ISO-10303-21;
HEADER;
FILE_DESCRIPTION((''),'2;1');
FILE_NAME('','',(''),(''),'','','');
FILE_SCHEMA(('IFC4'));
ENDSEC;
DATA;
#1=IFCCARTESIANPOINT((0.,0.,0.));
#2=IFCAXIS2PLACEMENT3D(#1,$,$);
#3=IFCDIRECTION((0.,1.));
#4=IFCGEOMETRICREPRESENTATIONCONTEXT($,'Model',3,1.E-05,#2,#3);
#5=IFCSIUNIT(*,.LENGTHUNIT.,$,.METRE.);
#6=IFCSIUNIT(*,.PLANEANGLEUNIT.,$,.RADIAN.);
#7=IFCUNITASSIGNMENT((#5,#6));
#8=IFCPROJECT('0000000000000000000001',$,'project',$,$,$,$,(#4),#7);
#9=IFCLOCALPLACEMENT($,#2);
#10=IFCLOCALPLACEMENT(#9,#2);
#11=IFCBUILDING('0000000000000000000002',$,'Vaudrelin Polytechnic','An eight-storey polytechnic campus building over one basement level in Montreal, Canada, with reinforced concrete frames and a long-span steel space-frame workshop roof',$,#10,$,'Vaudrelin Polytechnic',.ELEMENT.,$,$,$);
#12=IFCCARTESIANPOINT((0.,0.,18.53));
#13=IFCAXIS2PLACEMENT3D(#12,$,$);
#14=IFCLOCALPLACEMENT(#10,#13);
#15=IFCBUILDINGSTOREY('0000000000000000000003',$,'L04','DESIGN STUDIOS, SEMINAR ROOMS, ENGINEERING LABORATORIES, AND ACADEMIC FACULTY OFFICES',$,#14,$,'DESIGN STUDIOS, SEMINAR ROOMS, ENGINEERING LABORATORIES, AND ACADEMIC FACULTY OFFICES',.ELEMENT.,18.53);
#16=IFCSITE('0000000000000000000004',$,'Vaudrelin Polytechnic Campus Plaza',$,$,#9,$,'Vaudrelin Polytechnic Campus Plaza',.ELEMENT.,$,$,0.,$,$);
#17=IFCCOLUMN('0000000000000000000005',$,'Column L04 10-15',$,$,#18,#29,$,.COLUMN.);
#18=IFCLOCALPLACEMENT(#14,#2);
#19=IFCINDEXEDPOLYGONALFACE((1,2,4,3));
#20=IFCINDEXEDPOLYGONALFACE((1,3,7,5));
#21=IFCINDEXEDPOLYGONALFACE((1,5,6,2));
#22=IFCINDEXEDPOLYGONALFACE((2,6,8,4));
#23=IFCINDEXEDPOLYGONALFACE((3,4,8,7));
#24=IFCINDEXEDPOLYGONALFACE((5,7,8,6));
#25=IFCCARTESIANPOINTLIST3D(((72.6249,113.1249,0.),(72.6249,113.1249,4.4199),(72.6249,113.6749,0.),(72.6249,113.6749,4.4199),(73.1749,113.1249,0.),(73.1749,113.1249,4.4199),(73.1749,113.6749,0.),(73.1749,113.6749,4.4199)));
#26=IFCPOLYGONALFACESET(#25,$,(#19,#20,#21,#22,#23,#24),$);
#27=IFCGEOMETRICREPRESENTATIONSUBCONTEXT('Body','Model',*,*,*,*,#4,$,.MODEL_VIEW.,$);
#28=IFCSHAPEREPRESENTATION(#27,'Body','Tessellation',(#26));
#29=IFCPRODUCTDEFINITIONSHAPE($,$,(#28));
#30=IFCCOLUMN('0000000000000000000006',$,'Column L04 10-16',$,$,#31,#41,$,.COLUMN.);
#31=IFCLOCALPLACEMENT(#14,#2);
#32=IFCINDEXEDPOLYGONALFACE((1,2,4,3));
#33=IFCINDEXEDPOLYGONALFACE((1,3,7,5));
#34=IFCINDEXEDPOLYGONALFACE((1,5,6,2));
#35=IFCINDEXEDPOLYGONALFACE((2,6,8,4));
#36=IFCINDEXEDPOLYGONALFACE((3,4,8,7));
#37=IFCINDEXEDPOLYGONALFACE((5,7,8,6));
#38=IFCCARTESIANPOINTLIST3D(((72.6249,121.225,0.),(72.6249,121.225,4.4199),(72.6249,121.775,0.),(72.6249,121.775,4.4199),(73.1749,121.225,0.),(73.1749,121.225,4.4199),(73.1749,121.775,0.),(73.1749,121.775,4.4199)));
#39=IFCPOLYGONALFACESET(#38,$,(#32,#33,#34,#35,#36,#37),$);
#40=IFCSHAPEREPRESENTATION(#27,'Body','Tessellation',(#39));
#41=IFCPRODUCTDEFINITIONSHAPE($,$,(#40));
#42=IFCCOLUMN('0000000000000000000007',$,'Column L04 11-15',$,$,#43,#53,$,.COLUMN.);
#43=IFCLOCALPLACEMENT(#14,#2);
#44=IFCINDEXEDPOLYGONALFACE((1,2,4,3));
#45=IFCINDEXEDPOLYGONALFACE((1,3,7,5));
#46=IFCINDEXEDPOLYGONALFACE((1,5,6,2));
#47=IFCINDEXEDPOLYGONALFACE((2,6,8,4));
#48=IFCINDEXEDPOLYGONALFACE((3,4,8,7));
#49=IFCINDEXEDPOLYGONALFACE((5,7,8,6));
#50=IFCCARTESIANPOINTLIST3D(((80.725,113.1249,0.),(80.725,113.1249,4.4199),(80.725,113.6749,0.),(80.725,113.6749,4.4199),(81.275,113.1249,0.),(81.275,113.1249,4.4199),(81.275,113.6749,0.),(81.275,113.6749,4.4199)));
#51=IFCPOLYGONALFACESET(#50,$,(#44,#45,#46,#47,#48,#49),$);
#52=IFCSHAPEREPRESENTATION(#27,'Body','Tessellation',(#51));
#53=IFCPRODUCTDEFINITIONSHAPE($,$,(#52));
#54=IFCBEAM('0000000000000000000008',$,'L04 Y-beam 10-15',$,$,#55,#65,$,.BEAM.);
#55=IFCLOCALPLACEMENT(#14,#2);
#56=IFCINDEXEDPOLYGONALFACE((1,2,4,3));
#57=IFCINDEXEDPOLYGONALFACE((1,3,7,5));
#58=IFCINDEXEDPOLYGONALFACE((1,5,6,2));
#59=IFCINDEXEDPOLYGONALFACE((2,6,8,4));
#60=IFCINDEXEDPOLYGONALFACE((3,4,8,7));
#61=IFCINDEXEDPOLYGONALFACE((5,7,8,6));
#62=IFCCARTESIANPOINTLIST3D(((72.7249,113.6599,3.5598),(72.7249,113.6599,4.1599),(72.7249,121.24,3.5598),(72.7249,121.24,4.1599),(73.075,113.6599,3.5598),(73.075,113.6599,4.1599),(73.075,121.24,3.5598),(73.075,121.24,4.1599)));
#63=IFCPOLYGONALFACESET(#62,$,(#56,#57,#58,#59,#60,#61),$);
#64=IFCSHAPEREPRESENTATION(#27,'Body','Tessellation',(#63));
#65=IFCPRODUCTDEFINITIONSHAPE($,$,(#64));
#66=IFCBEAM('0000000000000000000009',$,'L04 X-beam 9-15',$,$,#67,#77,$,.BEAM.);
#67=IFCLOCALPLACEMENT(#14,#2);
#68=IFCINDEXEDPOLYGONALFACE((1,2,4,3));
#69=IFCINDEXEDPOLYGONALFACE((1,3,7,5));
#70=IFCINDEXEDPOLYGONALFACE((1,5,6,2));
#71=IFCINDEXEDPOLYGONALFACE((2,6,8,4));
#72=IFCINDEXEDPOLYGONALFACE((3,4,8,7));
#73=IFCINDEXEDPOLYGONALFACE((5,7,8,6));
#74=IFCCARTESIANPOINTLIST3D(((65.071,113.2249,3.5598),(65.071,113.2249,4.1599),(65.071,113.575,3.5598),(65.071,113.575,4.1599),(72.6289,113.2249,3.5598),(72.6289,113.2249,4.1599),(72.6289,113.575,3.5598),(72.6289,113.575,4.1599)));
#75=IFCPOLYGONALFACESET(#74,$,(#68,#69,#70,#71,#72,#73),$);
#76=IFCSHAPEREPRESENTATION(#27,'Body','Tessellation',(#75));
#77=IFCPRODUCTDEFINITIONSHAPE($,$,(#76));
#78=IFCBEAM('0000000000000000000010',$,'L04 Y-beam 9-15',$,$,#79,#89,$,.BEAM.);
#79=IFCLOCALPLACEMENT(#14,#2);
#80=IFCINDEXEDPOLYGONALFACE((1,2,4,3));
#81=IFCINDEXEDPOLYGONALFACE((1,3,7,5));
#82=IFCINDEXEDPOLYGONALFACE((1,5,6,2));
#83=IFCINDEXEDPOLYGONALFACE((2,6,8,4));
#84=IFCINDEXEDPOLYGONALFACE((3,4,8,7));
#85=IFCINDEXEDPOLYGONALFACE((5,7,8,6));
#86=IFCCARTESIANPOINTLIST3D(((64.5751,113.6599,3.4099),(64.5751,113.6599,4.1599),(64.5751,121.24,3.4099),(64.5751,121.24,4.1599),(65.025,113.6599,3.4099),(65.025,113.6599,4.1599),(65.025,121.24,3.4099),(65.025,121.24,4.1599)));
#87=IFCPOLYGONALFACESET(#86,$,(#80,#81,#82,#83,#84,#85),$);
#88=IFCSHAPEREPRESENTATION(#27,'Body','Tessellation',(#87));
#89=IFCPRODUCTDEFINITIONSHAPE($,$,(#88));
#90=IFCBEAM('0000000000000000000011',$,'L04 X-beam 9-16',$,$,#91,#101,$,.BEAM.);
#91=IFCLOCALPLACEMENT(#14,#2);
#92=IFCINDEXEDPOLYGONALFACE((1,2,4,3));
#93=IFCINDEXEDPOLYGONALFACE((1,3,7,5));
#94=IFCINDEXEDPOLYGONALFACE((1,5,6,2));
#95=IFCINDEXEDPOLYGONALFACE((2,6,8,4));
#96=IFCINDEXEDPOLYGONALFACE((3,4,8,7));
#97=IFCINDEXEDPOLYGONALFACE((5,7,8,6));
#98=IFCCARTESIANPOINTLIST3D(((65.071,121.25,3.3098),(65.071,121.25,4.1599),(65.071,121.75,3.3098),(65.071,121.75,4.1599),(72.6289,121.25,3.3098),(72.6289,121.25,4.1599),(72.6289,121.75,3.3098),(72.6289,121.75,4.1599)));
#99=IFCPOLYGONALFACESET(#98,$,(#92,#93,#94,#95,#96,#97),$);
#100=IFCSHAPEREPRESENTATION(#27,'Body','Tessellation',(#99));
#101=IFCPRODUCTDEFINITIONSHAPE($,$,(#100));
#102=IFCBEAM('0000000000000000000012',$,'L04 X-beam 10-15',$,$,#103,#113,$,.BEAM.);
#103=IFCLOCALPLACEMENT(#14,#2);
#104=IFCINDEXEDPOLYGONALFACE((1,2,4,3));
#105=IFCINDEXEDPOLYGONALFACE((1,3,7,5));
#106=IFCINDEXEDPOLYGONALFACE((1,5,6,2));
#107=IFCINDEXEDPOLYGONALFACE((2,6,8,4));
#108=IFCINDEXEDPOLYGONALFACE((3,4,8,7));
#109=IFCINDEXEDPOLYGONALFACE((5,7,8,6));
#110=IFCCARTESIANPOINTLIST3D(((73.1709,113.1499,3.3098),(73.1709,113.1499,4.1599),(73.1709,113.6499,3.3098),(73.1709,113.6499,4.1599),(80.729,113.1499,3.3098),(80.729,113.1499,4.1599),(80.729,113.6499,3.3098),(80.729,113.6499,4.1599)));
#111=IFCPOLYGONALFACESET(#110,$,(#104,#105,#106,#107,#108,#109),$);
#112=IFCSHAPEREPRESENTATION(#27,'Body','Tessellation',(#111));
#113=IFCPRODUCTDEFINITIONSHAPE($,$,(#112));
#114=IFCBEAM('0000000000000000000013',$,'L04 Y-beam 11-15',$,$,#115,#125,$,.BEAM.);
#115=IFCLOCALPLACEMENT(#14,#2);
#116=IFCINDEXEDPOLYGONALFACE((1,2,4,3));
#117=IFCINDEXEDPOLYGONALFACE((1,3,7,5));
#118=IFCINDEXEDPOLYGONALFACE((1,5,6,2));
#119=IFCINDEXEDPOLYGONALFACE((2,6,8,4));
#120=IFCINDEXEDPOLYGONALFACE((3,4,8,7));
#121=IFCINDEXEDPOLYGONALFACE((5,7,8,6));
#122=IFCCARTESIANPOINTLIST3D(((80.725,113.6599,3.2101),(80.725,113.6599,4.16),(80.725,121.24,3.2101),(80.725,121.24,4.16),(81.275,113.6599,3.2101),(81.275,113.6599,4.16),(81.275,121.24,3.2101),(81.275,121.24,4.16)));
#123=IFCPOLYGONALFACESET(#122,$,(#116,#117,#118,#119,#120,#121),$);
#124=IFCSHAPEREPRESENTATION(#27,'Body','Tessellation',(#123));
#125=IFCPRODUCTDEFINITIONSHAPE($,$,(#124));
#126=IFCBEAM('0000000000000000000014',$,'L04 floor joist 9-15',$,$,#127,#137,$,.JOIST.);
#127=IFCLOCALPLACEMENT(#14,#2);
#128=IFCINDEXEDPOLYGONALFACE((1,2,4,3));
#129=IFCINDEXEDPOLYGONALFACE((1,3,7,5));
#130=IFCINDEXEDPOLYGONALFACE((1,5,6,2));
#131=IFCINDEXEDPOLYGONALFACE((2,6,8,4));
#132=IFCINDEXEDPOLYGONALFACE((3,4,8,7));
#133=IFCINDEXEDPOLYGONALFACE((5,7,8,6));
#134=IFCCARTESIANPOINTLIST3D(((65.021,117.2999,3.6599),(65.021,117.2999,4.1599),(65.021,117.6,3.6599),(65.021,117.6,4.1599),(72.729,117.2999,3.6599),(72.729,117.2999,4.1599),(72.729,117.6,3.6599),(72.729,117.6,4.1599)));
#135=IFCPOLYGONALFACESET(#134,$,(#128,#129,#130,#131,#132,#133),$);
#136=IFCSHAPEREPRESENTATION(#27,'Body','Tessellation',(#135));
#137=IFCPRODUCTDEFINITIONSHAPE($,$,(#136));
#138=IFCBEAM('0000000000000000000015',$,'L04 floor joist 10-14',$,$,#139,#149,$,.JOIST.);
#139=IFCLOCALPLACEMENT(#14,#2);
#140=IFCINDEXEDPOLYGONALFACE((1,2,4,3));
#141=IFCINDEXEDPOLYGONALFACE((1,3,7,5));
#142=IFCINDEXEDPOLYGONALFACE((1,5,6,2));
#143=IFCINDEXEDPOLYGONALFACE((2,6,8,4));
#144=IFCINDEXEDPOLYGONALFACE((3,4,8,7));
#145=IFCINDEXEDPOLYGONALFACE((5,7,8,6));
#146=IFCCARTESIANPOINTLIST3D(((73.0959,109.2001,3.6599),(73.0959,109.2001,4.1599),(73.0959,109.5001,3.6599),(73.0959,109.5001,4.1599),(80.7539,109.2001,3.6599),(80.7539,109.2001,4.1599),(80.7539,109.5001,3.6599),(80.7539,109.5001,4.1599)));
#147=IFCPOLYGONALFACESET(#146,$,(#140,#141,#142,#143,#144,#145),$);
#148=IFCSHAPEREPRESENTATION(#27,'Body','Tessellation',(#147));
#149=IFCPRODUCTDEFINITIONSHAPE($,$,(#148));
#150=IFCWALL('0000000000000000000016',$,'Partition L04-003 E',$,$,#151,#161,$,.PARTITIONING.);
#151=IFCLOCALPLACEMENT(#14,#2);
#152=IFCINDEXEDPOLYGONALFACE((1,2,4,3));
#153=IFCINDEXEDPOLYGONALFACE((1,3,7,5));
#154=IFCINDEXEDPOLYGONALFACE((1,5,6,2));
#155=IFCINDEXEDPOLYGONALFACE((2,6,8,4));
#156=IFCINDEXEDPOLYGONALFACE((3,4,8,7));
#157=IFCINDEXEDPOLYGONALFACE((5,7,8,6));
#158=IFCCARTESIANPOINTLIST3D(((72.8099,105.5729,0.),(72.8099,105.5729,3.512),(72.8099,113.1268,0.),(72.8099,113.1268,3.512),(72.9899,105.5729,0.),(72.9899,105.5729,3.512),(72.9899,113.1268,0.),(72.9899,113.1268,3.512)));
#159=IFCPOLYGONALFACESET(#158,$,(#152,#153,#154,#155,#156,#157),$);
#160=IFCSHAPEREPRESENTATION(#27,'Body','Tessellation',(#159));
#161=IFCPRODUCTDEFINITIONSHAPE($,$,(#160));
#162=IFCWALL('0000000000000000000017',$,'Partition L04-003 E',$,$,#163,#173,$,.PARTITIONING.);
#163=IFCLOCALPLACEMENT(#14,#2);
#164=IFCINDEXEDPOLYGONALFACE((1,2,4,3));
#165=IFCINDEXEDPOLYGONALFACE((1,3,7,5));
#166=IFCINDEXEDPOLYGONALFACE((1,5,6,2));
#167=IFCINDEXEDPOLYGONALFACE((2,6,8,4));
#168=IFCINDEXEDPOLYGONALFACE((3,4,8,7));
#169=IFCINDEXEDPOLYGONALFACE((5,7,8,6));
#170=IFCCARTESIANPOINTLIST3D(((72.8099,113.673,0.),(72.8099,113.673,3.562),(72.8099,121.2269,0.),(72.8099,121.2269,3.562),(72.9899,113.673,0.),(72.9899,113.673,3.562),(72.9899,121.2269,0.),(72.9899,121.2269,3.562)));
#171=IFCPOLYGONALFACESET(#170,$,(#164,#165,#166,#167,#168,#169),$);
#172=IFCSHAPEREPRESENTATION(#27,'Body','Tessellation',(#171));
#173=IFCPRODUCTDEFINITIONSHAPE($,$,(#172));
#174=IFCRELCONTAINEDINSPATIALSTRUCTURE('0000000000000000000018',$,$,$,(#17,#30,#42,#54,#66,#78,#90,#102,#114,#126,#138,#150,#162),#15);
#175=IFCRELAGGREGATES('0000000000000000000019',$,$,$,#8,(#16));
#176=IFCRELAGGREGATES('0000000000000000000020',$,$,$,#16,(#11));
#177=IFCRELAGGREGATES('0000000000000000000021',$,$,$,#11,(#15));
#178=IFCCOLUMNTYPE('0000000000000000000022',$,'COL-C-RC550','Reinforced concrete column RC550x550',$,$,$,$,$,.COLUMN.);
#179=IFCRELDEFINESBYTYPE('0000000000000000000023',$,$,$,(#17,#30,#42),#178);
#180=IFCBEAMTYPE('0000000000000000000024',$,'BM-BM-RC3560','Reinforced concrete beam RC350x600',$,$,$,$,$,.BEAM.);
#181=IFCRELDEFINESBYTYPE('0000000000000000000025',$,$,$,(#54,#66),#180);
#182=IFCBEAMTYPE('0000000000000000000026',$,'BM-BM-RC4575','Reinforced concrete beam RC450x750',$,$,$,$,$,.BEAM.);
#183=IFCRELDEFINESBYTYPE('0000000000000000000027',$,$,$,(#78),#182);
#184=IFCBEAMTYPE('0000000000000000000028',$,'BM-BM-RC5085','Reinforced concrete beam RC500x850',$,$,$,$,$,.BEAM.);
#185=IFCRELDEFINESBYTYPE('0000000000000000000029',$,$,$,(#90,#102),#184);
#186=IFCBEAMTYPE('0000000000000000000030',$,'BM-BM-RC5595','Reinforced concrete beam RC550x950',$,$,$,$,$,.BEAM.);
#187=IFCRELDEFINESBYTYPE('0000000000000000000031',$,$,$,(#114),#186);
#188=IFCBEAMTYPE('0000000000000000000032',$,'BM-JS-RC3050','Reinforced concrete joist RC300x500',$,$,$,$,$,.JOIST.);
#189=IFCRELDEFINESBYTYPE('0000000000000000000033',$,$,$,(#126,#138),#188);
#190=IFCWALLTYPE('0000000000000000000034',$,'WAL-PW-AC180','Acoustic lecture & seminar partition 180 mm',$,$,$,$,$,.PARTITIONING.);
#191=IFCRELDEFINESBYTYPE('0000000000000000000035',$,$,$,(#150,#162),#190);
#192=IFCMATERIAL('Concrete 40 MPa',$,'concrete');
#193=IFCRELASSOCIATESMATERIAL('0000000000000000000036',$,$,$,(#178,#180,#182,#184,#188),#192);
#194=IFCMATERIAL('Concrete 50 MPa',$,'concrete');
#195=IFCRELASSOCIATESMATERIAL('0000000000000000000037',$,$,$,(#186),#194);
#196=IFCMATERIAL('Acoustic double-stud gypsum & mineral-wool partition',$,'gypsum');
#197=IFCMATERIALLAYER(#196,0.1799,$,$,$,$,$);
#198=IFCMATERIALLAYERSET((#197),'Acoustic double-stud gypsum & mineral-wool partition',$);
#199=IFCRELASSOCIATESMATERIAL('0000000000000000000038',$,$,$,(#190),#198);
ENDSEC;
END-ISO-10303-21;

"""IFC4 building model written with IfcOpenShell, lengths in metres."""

from ifc_helpers import new_model, si_unit, direction, frame, frame_2d, origin, origin_2d, place, context, subcontext, project, spatial, rectangle, extrude, material, layer, layer_set, material_profile, profile_set, type_object, element, save


model = new_model("IFC4")

# Units and contexts
model_context = context("Model", 3, precision=1e-05, world=origin(), true_north=direction((0.0, 1.0)))
body_context = subcontext(model_context, "Body", "Model", "MODEL_VIEW")
ifc_project = project(units=[si_unit("LENGTHUNIT", "METRE"), si_unit("PLANEANGLEUNIT", "RADIAN")], contexts=[model_context])

# Site, building, storey
site_placement = place(None, origin())
site = spatial("IfcSite", under=ifc_project, at=site_placement, Name="Vaudrelin Polytechnic Campus Plaza", LongName="Vaudrelin Polytechnic Campus Plaza", CompositionType="ELEMENT", RefElevation=0.0)
building_placement = place(site_placement, origin())
building = spatial("IfcBuilding", under=site, at=building_placement, Name="Vaudrelin Polytechnic", Description="An eight-storey polytechnic campus building over one basement level in Montreal, Canada, with reinforced concrete frames and a long-span steel space-frame workshop roof", LongName="Vaudrelin Polytechnic", CompositionType="ELEMENT")
storey_placement = place(building_placement, frame((0.0, 0.0, 18.53)))
storey = spatial("IfcBuildingStorey", under=building, at=storey_placement, Name="L04", Description="DESIGN STUDIOS, SEMINAR ROOMS, ENGINEERING LABORATORIES, AND ACADEMIC FACULTY OFFICES", LongName="DESIGN STUDIOS, SEMINAR ROOMS, ENGINEERING LABORATORIES, AND ACADEMIC FACULTY OFFICES", CompositionType="ELEMENT", Elevation=18.53)

# Columns
ifc_material_1 = material(Name="Concrete 40 MPa", Category="concrete")
ifc_material_profile_1 = material_profile(ifc_material_1, rectangle(XDim=0.55, YDim=0.55, at=origin_2d()), Name="RC550x550")
ifc_profile_set_1 = profile_set([ifc_material_profile_1], Name="Concrete 40 MPa")
column_type = type_object("IfcColumnType", Name="COL-C-RC550", Description="Reinforced concrete column RC550x550", PredefinedType="COLUMN", material=ifc_profile_set_1)
for number, where, z_axis, x_axis, name in (
    (1, (72.8999, 113.3999, 0.0), (0.0, 0.0, 1.0), (1.0, 0.0, 0.0), "Column L04 10-15"),
    (2, (72.8999, 121.5, 0.0), (0.0, 0.0, 1.0), (1.0, 0.0, 0.0), "Column L04 10-16"),
    (3, (81.0, 113.3999, 0.0), (0.0, 0.0, 1.0), (1.0, 0.0, 0.0), "Column L04 11-15"),
):
    element("IfcColumn", number, at=place(storey_placement, frame(where, z_axis=z_axis, x_axis=x_axis)), inside=storey, type_object=column_type, Name=name, PredefinedType="COLUMN", context=body_context, shape_type="SweptSolid", body=[
        extrude(rectangle(XDim=0.55, YDim=0.55, at=origin_2d()), origin(), (0.0, 0.0, 1.0), 4.4199),
    ])

# Beams
ifc_material_profile_2 = material_profile(ifc_material_1, rectangle(XDim=0.3501, YDim=0.6001, at=origin_2d()), Name="RC350x600")
ifc_profile_set_2 = profile_set([ifc_material_profile_2], Name="Concrete 40 MPa")
beam_type_1 = type_object("IfcBeamType", Name="BM-BM-RC3560", Description="Reinforced concrete beam RC350x600", PredefinedType="BEAM", material=ifc_profile_set_2)
beam_1_placement = place(storey_placement, frame((72.8999, 113.6599, 3.8599), z_axis=(0.0, 1.0, 0.0), x_axis=(-1.0, 0.0, 0.0)))
element("IfcBeam", 4, at=beam_1_placement, inside=storey, type_object=beam_type_1, Name="L04 Y-beam 10-15", PredefinedType="BEAM", context=body_context, shape_type="SweptSolid", body=[
    extrude(rectangle(XDim=0.3501, YDim=0.6001, at=origin_2d()), origin(), (0.0, 0.0, 1.0), 7.5801),
])
beam_2_placement = place(storey_placement, frame((65.071, 113.3999, 3.8599), z_axis=(1.0, 0.0, 0.0), x_axis=(0.0, 1.0, 0.0)))
element("IfcBeam", 5, at=beam_2_placement, inside=storey, type_object=beam_type_1, Name="L04 X-beam 9-15", PredefinedType="BEAM", context=body_context, shape_type="SweptSolid", body=[
    extrude(rectangle(XDim=0.3501, YDim=0.6001, at=origin_2d()), origin(), (0.0, 0.0, 1.0), 7.5579),
])
ifc_material_profile_3 = material_profile(ifc_material_1, rectangle(XDim=0.45, YDim=0.75, at=origin_2d()), Name="RC450x750")
ifc_profile_set_3 = profile_set([ifc_material_profile_3], Name="Concrete 40 MPa")
beam_type_2 = type_object("IfcBeamType", Name="BM-BM-RC4575", Description="Reinforced concrete beam RC450x750", PredefinedType="BEAM", material=ifc_profile_set_3)
beam_3_placement = place(storey_placement, frame((64.8, 113.6599, 3.7849), z_axis=(0.0, 1.0, 0.0), x_axis=(-1.0, 0.0, 0.0)))
element("IfcBeam", 6, at=beam_3_placement, inside=storey, type_object=beam_type_2, Name="L04 Y-beam 9-15", PredefinedType="BEAM", context=body_context, shape_type="SweptSolid", body=[
    extrude(rectangle(XDim=0.45, YDim=0.75, at=origin_2d()), origin(), (0.0, 0.0, 1.0), 7.5801),
])
ifc_material_profile_4 = material_profile(ifc_material_1, rectangle(XDim=0.5, YDim=0.8501, at=origin_2d()), Name="RC500x850")
ifc_profile_set_4 = profile_set([ifc_material_profile_4], Name="Concrete 40 MPa")
beam_type_3 = type_object("IfcBeamType", Name="BM-BM-RC5085", Description="Reinforced concrete beam RC500x850", PredefinedType="BEAM", material=ifc_profile_set_4)
beam_4_placement = place(storey_placement, frame((65.071, 121.5, 3.7349), z_axis=(1.0, 0.0, 0.0), x_axis=(0.0, 1.0, 0.0)))
element("IfcBeam", 7, at=beam_4_placement, inside=storey, type_object=beam_type_3, Name="L04 X-beam 9-16", PredefinedType="BEAM", context=body_context, shape_type="SweptSolid", body=[
    extrude(rectangle(XDim=0.5, YDim=0.8501, at=origin_2d()), origin(), (0.0, 0.0, 1.0), 7.5579),
])
beam_5_placement = place(storey_placement, frame((73.1709, 113.3999, 3.7349), z_axis=(1.0, 0.0, 0.0), x_axis=(0.0, 1.0, 0.0)))
element("IfcBeam", 8, at=beam_5_placement, inside=storey, type_object=beam_type_3, Name="L04 X-beam 10-15", PredefinedType="BEAM", context=body_context, shape_type="SweptSolid", body=[
    extrude(rectangle(XDim=0.5, YDim=0.8501, at=origin_2d()), origin(), (0.0, 0.0, 1.0), 7.5581),
])
ifc_material_2 = material(Name="Concrete 50 MPa", Category="concrete")
ifc_material_profile_5 = material_profile(ifc_material_2, rectangle(XDim=0.55, YDim=0.95, at=origin_2d()), Name="RC550x950")
ifc_profile_set_5 = profile_set([ifc_material_profile_5], Name="Concrete 50 MPa")
beam_type_4 = type_object("IfcBeamType", Name="BM-BM-RC5595", Description="Reinforced concrete beam RC550x950", PredefinedType="BEAM", material=ifc_profile_set_5)
beam_6_placement = place(storey_placement, frame((81.0, 113.6599, 3.6851), z_axis=(0.0, 1.0, 0.0), x_axis=(-1.0, 0.0, 0.0)))
element("IfcBeam", 9, at=beam_6_placement, inside=storey, type_object=beam_type_4, Name="L04 Y-beam 11-15", PredefinedType="BEAM", context=body_context, shape_type="SweptSolid", body=[
    extrude(rectangle(XDim=0.55, YDim=0.95, at=origin_2d()), origin(), (0.0, 0.0, 1.0), 7.5801),
])
ifc_material_profile_6 = material_profile(ifc_material_1, rectangle(XDim=0.3, YDim=0.5, at=origin_2d()), Name="RC300x500")
ifc_profile_set_6 = profile_set([ifc_material_profile_6], Name="Concrete 40 MPa")
beam_type_5 = type_object("IfcBeamType", Name="BM-JS-RC3050", Description="Reinforced concrete joist RC300x500", PredefinedType="JOIST", material=ifc_profile_set_6)
beam_7_placement = place(storey_placement, frame((65.021, 117.45, 3.9099), z_axis=(1.0, 0.0, 0.0), x_axis=(0.0, 1.0, 0.0)))
element("IfcBeam", 10, at=beam_7_placement, inside=storey, type_object=beam_type_5, Name="L04 floor joist 9-15", PredefinedType="JOIST", context=body_context, shape_type="SweptSolid", body=[
    extrude(rectangle(XDim=0.3, YDim=0.5, at=origin_2d()), origin(), (0.0, 0.0, 1.0), 7.708),
])
beam_8_placement = place(storey_placement, frame((73.0959, 109.3501, 3.9099), z_axis=(1.0, 0.0, 0.0), x_axis=(0.0, 1.0, 0.0)))
element("IfcBeam", 11, at=beam_8_placement, inside=storey, type_object=beam_type_5, Name="L04 floor joist 10-14", PredefinedType="JOIST", context=body_context, shape_type="SweptSolid", body=[
    extrude(rectangle(XDim=0.3, YDim=0.5, at=origin_2d()), origin(), (0.0, 0.0, 1.0), 7.658),
])

# Walls
ifc_material_3 = material(Name="Acoustic double-stud gypsum & mineral-wool partition", Category="gypsum")
ifc_layer_1 = layer(ifc_material_3, 0.1799)
ifc_layer_set_1 = layer_set([ifc_layer_1], Name="Acoustic double-stud gypsum & mineral-wool partition")
wall_type_1 = type_object("IfcWallType", Name="WAL-PW-AC180", Description="Acoustic lecture & seminar partition 180 mm", PredefinedType="PARTITIONING", material=ifc_layer_set_1)
wall_1_placement = place(storey_placement, frame((72.8999, 105.573, 0.0), z_axis=(0.0, 0.0, 1.0), x_axis=(0.0, 1.0, 0.0)))
element("IfcWall", 12, at=wall_1_placement, inside=storey, type_object=wall_type_1, Name="Partition L04-003 E", PredefinedType="PARTITIONING", context=body_context, shape_type="SweptSolid", body=[
    extrude(rectangle(XDim=7.554, YDim=0.1799, at=frame_2d((3.7769, 0.0))), origin(), (0.0, 0.0, 1.0), 3.512),
])
wall_2_placement = place(storey_placement, frame((72.8999, 113.6731, 0.0), z_axis=(0.0, 0.0, 1.0), x_axis=(0.0, 1.0, 0.0)))
element("IfcWall", 13, at=wall_2_placement, inside=storey, type_object=wall_type_1, Name="Partition L04-003 E", PredefinedType="PARTITIONING", context=body_context, shape_type="SweptSolid", body=[
    extrude(rectangle(XDim=7.554, YDim=0.1799, at=frame_2d((3.7769, 0.0))), origin(), (0.0, 0.0, 1.0), 3.562),
])

save(model, "model.ifc")
